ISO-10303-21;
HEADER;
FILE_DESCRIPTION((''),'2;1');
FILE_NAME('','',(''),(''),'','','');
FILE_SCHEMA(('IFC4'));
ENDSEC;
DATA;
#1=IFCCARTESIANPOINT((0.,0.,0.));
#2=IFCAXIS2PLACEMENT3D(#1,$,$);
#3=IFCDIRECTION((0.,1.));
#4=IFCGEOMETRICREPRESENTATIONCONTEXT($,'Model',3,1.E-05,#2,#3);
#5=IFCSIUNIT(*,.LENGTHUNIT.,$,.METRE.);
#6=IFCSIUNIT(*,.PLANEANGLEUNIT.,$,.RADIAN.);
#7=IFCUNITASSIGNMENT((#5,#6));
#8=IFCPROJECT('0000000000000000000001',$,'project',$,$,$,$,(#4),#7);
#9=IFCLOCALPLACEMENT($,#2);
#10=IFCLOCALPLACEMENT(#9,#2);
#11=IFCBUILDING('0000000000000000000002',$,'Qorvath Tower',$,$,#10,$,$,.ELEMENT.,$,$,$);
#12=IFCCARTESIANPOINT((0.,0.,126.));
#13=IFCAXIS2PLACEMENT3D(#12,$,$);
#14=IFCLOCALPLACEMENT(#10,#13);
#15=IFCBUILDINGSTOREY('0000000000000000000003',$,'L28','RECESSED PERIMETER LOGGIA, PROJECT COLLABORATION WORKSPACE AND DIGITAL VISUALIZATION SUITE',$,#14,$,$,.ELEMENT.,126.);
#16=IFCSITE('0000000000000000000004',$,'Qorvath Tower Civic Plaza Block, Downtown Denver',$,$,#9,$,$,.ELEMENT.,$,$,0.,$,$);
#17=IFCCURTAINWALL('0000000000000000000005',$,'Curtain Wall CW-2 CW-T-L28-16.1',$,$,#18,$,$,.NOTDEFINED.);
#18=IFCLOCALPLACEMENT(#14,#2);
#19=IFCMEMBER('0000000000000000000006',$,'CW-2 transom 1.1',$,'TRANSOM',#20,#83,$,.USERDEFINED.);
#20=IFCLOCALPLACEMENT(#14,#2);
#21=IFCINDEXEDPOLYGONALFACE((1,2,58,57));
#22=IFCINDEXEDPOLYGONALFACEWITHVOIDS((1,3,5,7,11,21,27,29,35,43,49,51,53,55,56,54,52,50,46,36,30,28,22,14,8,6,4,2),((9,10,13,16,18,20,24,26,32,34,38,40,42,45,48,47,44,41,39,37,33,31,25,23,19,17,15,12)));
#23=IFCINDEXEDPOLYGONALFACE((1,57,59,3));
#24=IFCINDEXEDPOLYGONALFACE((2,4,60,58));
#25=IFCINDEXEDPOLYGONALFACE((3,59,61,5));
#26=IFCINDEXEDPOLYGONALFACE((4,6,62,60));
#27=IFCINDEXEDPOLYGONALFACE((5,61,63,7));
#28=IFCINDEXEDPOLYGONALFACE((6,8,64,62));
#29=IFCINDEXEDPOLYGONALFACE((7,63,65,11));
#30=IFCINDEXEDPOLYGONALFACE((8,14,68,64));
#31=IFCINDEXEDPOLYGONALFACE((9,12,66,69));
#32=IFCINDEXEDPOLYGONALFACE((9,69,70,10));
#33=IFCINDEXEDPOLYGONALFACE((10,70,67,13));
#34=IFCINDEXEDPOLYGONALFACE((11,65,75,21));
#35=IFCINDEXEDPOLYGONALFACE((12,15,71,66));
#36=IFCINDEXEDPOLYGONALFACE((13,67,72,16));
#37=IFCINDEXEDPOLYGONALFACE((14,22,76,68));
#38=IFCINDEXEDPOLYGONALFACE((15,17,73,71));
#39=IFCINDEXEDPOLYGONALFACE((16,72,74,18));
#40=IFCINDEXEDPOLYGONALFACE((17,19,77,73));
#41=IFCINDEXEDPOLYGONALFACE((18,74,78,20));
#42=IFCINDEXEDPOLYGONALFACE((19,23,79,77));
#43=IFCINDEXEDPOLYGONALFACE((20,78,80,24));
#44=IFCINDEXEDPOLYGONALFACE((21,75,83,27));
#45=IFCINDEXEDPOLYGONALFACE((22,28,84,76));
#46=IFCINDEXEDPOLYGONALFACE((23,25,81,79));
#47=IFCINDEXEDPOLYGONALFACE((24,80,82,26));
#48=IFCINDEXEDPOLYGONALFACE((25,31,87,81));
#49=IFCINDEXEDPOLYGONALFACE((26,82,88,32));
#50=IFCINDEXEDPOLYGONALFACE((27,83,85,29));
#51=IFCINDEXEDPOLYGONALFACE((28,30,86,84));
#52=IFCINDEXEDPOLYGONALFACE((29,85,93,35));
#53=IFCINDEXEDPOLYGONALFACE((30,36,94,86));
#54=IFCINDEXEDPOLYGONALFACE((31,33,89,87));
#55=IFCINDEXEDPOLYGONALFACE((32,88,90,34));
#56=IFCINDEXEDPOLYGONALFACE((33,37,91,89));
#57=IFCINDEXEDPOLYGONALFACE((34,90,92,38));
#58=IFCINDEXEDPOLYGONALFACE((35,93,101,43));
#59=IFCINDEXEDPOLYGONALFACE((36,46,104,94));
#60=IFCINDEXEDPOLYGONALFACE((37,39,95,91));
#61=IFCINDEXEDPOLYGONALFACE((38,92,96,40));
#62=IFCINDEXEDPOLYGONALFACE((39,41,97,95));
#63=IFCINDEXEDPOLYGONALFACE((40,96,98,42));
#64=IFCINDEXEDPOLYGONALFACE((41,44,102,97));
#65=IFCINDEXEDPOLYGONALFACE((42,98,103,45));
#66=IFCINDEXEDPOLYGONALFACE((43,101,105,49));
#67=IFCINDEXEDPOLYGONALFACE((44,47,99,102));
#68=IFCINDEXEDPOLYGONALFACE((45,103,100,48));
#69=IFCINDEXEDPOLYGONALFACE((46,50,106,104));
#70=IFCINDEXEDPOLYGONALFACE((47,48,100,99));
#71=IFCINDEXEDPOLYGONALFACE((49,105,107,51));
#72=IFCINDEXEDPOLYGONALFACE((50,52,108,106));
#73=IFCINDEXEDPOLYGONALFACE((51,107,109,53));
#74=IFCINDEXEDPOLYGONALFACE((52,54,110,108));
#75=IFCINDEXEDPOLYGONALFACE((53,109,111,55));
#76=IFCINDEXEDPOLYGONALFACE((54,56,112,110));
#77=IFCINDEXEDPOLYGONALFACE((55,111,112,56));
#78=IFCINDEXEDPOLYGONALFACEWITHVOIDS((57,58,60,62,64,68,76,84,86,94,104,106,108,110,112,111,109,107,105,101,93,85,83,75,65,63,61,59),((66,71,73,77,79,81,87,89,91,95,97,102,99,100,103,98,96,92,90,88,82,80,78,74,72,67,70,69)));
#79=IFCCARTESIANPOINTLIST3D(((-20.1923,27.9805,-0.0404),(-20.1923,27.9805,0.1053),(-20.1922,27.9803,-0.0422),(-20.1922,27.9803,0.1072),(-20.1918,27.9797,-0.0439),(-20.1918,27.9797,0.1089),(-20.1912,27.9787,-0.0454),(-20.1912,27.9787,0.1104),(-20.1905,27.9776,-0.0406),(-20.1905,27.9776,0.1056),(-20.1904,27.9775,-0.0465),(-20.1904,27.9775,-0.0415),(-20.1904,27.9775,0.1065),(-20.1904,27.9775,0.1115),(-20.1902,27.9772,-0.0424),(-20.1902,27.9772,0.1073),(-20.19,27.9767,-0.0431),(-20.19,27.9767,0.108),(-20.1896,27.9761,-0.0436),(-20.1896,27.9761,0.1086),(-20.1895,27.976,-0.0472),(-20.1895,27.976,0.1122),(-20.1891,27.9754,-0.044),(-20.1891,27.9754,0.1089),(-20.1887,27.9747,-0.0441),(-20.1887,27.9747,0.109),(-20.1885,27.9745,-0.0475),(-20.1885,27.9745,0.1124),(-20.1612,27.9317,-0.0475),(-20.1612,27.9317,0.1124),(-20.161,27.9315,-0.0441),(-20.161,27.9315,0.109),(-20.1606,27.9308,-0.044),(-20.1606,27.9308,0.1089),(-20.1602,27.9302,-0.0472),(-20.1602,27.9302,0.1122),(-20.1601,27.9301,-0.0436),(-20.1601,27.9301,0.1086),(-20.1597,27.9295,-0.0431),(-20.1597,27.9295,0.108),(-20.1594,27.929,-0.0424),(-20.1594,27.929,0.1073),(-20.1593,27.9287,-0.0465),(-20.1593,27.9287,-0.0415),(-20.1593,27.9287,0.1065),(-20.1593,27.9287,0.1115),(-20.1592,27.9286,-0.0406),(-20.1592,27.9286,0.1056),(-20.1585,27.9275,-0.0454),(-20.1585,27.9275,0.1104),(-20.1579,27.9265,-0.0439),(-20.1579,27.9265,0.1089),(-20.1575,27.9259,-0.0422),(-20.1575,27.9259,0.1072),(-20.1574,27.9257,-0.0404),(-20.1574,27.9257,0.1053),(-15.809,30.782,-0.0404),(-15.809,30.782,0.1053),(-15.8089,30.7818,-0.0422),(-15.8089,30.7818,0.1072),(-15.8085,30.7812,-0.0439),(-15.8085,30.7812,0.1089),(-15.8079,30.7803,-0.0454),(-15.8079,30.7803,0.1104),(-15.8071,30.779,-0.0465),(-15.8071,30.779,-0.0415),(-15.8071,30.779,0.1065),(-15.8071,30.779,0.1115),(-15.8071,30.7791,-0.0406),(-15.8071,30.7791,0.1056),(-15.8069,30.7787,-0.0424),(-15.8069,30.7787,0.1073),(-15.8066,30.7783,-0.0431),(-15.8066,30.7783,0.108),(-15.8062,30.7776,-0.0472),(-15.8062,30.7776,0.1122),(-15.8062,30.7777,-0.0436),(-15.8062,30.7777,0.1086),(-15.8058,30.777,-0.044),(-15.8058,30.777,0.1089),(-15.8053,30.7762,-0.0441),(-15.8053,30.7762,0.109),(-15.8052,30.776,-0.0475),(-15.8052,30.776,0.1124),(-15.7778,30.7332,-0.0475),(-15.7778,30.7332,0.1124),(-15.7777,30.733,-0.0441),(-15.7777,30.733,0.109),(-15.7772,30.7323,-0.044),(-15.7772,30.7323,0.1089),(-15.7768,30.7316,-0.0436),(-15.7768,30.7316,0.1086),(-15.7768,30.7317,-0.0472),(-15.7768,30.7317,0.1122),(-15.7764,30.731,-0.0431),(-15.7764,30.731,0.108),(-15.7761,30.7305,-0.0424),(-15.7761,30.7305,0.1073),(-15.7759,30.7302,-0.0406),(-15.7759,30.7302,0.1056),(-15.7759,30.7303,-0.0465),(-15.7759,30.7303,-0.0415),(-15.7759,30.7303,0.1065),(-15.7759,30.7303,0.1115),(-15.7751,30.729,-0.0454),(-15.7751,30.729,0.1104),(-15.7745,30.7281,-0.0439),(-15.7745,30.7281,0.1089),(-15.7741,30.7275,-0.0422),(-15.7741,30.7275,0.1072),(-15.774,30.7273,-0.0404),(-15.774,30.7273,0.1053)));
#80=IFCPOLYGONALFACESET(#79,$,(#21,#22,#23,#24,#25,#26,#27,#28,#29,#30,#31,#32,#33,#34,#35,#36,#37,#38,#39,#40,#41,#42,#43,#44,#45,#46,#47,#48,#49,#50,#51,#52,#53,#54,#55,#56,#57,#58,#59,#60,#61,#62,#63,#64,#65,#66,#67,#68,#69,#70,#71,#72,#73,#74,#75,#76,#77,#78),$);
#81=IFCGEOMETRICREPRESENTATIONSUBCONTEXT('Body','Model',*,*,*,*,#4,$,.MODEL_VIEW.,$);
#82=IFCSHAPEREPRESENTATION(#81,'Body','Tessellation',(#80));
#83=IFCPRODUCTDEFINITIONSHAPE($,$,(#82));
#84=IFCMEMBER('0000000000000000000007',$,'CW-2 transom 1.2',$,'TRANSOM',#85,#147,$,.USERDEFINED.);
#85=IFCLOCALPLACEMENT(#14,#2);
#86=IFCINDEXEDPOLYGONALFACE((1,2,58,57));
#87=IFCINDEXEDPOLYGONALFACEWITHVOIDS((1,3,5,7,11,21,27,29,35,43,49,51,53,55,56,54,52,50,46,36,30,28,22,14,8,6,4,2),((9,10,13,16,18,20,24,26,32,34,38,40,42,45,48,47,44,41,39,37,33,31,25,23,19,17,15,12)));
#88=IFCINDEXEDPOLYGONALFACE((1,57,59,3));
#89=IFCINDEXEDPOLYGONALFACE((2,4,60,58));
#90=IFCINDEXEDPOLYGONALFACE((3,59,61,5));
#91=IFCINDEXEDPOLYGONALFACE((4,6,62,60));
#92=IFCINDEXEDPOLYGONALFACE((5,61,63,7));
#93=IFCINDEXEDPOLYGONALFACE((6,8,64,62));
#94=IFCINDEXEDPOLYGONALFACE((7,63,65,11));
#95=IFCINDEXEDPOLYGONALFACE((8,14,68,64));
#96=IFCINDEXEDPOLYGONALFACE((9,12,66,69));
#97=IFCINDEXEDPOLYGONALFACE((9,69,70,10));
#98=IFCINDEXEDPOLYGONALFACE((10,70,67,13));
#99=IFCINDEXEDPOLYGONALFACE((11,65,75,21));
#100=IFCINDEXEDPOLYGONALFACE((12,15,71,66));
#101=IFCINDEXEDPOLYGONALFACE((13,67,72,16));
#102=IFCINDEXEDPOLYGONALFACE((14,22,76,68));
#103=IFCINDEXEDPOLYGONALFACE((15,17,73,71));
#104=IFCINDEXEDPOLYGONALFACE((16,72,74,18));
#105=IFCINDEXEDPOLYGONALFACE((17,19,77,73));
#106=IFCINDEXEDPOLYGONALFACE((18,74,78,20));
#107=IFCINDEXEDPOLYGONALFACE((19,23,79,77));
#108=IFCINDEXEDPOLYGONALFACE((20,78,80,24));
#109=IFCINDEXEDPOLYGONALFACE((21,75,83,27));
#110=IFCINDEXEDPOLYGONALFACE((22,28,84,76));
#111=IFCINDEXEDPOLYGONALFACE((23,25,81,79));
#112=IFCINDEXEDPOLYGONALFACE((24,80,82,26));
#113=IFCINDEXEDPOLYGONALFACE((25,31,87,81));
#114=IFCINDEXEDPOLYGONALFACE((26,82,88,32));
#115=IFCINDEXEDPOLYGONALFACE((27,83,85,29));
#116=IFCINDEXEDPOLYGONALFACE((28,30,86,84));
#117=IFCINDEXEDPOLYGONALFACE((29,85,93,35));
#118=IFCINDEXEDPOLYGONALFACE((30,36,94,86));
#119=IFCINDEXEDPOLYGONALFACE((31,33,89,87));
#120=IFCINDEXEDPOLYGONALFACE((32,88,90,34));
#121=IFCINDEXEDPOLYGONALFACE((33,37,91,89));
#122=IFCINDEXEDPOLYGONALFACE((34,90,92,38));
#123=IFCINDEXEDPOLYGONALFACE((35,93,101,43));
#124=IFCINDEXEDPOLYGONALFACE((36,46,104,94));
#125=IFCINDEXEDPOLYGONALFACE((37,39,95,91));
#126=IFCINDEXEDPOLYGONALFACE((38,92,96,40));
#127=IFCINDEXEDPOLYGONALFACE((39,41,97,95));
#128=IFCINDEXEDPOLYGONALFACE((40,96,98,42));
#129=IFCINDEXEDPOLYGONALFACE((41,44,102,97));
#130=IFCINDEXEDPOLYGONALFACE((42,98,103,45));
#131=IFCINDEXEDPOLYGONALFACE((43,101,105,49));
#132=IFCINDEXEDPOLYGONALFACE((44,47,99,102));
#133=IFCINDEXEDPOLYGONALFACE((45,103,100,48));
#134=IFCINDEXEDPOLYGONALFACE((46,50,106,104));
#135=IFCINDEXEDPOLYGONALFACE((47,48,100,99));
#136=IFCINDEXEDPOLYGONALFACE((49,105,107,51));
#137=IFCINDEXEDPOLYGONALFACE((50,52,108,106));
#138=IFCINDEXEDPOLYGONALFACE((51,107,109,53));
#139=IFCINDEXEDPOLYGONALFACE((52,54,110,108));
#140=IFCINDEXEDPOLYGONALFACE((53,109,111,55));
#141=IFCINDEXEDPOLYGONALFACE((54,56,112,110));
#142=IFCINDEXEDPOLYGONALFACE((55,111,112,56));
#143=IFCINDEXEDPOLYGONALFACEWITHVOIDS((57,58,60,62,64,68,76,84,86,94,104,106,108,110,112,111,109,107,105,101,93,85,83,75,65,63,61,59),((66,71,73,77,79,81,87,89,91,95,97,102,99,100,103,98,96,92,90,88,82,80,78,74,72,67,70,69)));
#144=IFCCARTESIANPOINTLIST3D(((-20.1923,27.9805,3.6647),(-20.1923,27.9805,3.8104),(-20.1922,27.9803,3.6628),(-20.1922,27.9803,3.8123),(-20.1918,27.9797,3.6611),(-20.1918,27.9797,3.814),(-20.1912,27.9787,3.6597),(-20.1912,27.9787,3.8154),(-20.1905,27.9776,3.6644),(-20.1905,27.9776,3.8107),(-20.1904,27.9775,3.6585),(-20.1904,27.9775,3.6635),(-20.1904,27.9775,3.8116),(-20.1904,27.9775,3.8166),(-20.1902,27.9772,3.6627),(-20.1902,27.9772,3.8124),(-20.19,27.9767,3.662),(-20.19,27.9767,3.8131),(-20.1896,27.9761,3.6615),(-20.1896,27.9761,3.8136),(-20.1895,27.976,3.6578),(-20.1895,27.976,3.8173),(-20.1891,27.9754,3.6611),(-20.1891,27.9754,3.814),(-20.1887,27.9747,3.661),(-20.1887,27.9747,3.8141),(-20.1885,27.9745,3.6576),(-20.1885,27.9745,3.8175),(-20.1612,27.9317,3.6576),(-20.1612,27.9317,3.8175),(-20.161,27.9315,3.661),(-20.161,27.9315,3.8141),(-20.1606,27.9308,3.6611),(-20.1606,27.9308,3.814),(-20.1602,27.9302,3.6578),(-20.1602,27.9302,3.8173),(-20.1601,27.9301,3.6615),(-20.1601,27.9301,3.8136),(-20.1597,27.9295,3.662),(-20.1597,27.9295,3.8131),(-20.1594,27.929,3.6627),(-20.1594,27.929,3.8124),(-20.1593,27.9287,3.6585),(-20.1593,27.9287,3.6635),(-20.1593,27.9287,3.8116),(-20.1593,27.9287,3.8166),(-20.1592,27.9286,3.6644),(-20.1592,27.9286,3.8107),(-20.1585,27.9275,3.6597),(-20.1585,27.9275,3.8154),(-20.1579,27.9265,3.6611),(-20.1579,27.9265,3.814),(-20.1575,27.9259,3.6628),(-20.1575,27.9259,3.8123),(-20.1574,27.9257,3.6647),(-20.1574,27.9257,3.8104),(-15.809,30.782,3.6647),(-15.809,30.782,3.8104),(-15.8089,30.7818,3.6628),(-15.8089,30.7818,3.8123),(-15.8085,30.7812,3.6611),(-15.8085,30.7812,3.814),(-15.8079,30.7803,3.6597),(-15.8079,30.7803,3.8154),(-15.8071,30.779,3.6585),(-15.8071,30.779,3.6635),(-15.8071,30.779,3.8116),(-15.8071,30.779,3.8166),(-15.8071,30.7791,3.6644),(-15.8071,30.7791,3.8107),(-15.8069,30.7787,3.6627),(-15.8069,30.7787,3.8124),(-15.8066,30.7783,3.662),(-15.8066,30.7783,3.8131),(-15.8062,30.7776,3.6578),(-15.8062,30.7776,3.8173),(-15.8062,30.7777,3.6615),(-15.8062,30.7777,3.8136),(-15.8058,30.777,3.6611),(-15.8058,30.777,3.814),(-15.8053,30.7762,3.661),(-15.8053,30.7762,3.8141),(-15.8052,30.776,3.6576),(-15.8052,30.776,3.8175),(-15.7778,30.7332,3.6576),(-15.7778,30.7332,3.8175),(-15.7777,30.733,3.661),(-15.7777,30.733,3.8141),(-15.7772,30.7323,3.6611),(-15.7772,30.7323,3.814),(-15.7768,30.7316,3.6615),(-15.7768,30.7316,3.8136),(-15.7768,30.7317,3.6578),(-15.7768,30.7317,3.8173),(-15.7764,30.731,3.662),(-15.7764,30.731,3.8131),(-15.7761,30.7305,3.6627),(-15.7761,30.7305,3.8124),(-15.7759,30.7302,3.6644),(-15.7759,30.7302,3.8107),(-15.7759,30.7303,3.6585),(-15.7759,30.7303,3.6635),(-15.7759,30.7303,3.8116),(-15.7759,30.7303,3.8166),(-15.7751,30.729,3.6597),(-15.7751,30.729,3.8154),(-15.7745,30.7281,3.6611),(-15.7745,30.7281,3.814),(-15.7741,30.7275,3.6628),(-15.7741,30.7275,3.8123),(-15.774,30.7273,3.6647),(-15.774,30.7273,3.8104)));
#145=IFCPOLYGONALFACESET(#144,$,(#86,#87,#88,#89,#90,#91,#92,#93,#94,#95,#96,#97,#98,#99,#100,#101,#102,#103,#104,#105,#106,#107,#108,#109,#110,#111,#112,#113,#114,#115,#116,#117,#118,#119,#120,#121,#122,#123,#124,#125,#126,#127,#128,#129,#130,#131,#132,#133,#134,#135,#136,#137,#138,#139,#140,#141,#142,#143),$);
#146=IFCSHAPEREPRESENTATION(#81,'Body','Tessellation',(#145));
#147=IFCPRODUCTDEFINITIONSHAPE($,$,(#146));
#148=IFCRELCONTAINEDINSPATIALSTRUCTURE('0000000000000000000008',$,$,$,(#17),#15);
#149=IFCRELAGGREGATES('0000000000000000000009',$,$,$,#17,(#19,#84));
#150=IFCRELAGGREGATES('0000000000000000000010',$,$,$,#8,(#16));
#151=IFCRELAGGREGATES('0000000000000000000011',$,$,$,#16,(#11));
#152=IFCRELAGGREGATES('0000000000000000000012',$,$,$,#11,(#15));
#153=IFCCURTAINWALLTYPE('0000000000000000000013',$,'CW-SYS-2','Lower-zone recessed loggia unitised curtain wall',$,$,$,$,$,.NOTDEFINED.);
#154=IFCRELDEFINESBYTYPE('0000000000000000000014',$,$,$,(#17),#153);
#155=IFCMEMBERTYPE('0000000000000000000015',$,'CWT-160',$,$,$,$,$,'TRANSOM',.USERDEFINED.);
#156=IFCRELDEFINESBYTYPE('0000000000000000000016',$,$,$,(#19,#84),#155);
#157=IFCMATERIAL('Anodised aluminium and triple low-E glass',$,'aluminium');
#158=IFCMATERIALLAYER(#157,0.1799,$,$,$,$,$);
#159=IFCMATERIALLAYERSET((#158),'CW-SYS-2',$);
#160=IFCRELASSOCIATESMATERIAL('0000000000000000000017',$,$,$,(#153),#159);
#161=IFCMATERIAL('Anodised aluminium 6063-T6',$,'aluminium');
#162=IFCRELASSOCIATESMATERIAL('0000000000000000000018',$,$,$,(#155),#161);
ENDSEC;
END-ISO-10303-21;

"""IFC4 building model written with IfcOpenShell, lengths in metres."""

from ifc_helpers import new_model, si_unit, direction, frame, origin, origin_2d, place, context, subcontext, project, spatial, hollow_rectangle, extrude, material, layer, layer_set, material_profile, profile_set, type_object, element, aggregate, save


model = new_model("IFC4")

# Units and contexts
model_context = context("Model", 3, precision=1e-05, world=origin(), true_north=direction((0.0, 1.0)))
body_context = subcontext(model_context, "Body", "Model", "MODEL_VIEW")
ifc_project = project(units=[si_unit("LENGTHUNIT", "METRE"), si_unit("PLANEANGLEUNIT", "RADIAN")], contexts=[model_context])

# Site, building, storey
site_placement = place(None, origin())
site = spatial("IfcSite", under=ifc_project, at=site_placement, Name="Qorvath Tower Civic Plaza Block, Downtown Denver", CompositionType="ELEMENT", RefElevation=0.0)
building_placement = place(site_placement, origin())
building = spatial("IfcBuilding", under=site, at=building_placement, Name="Qorvath Tower", CompositionType="ELEMENT")
storey_placement = place(building_placement, frame((0.0, 0.0, 126.0)))
storey = spatial("IfcBuildingStorey", under=building, at=storey_placement, Name="L28", Description="RECESSED PERIMETER LOGGIA, PROJECT COLLABORATION WORKSPACE AND DIGITAL VISUALIZATION SUITE", CompositionType="ELEMENT", Elevation=126.0)

# Curtain wall
ifc_material_1 = material(Name="Anodised aluminium and triple low-E glass", Category="aluminium")
ifc_layer_1 = layer(ifc_material_1, 0.1799)
ifc_layer_set_1 = layer_set([ifc_layer_1], Name="CW-SYS-2")
curtain_wall_type = type_object("IfcCurtainWallType", Name="CW-SYS-2", Description="Lower-zone recessed loggia unitised curtain wall", PredefinedType="NOTDEFINED", material=ifc_layer_set_1)
curtain_wall_1_placement = place(storey_placement, origin())
curtain_wall_1 = element("IfcCurtainWall", 1, at=curtain_wall_1_placement, inside=storey, type_object=curtain_wall_type, Name="Curtain Wall CW-2 CW-T-L28-16.1", PredefinedType="NOTDEFINED")

# Members
ifc_material_2 = material(Name="Anodised aluminium 6063-T6", Category="aluminium")
ifc_material_profile_1 = material_profile(ifc_material_2, hollow_rectangle(XDim=0.0649, YDim=0.1599, WallThickness=0.0034, InnerFilletRadius=0.0034, OuterFilletRadius=0.0071, at=origin_2d()), Name="CWT 160x65")
ifc_profile_set_1 = profile_set([ifc_material_profile_1], Name="Anodised aluminium 6063-T6")
member_type_1 = type_object("IfcMemberType", Name="CWT-160", ElementType="TRANSOM", PredefinedType="USERDEFINED", material=ifc_profile_set_1)
member_1_placement = place(storey_placement, frame((-15.7915, 30.7546, 0.0325), z_axis=(-0.842603, -0.538536, 0.0), x_axis=(0.538536, -0.842603, 0.0)))
member_1 = element("IfcMember", 2, at=member_1_placement, type_object=member_type_1, Name="CW-2 transom 1.1", ObjectType="TRANSOM", PredefinedType="USERDEFINED", context=body_context, shape_type="SweptSolid", body=[
    extrude(hollow_rectangle(XDim=0.0649, YDim=0.1599, WallThickness=0.0034, InnerFilletRadius=0.0034, OuterFilletRadius=0.0071, at=origin_2d()), origin(), (0.0, 0.0, 1.0), 5.2021),
])
member_2_placement = place(storey_placement, frame((-15.7915, 30.7546, 3.7375), z_axis=(-0.842603, -0.538536, 0.0), x_axis=(0.538536, -0.842603, 0.0)))
member_2 = element("IfcMember", 3, at=member_2_placement, type_object=member_type_1, Name="CW-2 transom 1.2", ObjectType="TRANSOM", PredefinedType="USERDEFINED", context=body_context, shape_type="SweptSolid", body=[
    extrude(hollow_rectangle(XDim=0.0649, YDim=0.1599, WallThickness=0.0034, InnerFilletRadius=0.0034, OuterFilletRadius=0.0071, at=origin_2d()), origin(), (0.0, 0.0, 1.0), 5.2021),
])

aggregate(curtain_wall_1, [member_1, member_2])

save(model, "model.ifc")
